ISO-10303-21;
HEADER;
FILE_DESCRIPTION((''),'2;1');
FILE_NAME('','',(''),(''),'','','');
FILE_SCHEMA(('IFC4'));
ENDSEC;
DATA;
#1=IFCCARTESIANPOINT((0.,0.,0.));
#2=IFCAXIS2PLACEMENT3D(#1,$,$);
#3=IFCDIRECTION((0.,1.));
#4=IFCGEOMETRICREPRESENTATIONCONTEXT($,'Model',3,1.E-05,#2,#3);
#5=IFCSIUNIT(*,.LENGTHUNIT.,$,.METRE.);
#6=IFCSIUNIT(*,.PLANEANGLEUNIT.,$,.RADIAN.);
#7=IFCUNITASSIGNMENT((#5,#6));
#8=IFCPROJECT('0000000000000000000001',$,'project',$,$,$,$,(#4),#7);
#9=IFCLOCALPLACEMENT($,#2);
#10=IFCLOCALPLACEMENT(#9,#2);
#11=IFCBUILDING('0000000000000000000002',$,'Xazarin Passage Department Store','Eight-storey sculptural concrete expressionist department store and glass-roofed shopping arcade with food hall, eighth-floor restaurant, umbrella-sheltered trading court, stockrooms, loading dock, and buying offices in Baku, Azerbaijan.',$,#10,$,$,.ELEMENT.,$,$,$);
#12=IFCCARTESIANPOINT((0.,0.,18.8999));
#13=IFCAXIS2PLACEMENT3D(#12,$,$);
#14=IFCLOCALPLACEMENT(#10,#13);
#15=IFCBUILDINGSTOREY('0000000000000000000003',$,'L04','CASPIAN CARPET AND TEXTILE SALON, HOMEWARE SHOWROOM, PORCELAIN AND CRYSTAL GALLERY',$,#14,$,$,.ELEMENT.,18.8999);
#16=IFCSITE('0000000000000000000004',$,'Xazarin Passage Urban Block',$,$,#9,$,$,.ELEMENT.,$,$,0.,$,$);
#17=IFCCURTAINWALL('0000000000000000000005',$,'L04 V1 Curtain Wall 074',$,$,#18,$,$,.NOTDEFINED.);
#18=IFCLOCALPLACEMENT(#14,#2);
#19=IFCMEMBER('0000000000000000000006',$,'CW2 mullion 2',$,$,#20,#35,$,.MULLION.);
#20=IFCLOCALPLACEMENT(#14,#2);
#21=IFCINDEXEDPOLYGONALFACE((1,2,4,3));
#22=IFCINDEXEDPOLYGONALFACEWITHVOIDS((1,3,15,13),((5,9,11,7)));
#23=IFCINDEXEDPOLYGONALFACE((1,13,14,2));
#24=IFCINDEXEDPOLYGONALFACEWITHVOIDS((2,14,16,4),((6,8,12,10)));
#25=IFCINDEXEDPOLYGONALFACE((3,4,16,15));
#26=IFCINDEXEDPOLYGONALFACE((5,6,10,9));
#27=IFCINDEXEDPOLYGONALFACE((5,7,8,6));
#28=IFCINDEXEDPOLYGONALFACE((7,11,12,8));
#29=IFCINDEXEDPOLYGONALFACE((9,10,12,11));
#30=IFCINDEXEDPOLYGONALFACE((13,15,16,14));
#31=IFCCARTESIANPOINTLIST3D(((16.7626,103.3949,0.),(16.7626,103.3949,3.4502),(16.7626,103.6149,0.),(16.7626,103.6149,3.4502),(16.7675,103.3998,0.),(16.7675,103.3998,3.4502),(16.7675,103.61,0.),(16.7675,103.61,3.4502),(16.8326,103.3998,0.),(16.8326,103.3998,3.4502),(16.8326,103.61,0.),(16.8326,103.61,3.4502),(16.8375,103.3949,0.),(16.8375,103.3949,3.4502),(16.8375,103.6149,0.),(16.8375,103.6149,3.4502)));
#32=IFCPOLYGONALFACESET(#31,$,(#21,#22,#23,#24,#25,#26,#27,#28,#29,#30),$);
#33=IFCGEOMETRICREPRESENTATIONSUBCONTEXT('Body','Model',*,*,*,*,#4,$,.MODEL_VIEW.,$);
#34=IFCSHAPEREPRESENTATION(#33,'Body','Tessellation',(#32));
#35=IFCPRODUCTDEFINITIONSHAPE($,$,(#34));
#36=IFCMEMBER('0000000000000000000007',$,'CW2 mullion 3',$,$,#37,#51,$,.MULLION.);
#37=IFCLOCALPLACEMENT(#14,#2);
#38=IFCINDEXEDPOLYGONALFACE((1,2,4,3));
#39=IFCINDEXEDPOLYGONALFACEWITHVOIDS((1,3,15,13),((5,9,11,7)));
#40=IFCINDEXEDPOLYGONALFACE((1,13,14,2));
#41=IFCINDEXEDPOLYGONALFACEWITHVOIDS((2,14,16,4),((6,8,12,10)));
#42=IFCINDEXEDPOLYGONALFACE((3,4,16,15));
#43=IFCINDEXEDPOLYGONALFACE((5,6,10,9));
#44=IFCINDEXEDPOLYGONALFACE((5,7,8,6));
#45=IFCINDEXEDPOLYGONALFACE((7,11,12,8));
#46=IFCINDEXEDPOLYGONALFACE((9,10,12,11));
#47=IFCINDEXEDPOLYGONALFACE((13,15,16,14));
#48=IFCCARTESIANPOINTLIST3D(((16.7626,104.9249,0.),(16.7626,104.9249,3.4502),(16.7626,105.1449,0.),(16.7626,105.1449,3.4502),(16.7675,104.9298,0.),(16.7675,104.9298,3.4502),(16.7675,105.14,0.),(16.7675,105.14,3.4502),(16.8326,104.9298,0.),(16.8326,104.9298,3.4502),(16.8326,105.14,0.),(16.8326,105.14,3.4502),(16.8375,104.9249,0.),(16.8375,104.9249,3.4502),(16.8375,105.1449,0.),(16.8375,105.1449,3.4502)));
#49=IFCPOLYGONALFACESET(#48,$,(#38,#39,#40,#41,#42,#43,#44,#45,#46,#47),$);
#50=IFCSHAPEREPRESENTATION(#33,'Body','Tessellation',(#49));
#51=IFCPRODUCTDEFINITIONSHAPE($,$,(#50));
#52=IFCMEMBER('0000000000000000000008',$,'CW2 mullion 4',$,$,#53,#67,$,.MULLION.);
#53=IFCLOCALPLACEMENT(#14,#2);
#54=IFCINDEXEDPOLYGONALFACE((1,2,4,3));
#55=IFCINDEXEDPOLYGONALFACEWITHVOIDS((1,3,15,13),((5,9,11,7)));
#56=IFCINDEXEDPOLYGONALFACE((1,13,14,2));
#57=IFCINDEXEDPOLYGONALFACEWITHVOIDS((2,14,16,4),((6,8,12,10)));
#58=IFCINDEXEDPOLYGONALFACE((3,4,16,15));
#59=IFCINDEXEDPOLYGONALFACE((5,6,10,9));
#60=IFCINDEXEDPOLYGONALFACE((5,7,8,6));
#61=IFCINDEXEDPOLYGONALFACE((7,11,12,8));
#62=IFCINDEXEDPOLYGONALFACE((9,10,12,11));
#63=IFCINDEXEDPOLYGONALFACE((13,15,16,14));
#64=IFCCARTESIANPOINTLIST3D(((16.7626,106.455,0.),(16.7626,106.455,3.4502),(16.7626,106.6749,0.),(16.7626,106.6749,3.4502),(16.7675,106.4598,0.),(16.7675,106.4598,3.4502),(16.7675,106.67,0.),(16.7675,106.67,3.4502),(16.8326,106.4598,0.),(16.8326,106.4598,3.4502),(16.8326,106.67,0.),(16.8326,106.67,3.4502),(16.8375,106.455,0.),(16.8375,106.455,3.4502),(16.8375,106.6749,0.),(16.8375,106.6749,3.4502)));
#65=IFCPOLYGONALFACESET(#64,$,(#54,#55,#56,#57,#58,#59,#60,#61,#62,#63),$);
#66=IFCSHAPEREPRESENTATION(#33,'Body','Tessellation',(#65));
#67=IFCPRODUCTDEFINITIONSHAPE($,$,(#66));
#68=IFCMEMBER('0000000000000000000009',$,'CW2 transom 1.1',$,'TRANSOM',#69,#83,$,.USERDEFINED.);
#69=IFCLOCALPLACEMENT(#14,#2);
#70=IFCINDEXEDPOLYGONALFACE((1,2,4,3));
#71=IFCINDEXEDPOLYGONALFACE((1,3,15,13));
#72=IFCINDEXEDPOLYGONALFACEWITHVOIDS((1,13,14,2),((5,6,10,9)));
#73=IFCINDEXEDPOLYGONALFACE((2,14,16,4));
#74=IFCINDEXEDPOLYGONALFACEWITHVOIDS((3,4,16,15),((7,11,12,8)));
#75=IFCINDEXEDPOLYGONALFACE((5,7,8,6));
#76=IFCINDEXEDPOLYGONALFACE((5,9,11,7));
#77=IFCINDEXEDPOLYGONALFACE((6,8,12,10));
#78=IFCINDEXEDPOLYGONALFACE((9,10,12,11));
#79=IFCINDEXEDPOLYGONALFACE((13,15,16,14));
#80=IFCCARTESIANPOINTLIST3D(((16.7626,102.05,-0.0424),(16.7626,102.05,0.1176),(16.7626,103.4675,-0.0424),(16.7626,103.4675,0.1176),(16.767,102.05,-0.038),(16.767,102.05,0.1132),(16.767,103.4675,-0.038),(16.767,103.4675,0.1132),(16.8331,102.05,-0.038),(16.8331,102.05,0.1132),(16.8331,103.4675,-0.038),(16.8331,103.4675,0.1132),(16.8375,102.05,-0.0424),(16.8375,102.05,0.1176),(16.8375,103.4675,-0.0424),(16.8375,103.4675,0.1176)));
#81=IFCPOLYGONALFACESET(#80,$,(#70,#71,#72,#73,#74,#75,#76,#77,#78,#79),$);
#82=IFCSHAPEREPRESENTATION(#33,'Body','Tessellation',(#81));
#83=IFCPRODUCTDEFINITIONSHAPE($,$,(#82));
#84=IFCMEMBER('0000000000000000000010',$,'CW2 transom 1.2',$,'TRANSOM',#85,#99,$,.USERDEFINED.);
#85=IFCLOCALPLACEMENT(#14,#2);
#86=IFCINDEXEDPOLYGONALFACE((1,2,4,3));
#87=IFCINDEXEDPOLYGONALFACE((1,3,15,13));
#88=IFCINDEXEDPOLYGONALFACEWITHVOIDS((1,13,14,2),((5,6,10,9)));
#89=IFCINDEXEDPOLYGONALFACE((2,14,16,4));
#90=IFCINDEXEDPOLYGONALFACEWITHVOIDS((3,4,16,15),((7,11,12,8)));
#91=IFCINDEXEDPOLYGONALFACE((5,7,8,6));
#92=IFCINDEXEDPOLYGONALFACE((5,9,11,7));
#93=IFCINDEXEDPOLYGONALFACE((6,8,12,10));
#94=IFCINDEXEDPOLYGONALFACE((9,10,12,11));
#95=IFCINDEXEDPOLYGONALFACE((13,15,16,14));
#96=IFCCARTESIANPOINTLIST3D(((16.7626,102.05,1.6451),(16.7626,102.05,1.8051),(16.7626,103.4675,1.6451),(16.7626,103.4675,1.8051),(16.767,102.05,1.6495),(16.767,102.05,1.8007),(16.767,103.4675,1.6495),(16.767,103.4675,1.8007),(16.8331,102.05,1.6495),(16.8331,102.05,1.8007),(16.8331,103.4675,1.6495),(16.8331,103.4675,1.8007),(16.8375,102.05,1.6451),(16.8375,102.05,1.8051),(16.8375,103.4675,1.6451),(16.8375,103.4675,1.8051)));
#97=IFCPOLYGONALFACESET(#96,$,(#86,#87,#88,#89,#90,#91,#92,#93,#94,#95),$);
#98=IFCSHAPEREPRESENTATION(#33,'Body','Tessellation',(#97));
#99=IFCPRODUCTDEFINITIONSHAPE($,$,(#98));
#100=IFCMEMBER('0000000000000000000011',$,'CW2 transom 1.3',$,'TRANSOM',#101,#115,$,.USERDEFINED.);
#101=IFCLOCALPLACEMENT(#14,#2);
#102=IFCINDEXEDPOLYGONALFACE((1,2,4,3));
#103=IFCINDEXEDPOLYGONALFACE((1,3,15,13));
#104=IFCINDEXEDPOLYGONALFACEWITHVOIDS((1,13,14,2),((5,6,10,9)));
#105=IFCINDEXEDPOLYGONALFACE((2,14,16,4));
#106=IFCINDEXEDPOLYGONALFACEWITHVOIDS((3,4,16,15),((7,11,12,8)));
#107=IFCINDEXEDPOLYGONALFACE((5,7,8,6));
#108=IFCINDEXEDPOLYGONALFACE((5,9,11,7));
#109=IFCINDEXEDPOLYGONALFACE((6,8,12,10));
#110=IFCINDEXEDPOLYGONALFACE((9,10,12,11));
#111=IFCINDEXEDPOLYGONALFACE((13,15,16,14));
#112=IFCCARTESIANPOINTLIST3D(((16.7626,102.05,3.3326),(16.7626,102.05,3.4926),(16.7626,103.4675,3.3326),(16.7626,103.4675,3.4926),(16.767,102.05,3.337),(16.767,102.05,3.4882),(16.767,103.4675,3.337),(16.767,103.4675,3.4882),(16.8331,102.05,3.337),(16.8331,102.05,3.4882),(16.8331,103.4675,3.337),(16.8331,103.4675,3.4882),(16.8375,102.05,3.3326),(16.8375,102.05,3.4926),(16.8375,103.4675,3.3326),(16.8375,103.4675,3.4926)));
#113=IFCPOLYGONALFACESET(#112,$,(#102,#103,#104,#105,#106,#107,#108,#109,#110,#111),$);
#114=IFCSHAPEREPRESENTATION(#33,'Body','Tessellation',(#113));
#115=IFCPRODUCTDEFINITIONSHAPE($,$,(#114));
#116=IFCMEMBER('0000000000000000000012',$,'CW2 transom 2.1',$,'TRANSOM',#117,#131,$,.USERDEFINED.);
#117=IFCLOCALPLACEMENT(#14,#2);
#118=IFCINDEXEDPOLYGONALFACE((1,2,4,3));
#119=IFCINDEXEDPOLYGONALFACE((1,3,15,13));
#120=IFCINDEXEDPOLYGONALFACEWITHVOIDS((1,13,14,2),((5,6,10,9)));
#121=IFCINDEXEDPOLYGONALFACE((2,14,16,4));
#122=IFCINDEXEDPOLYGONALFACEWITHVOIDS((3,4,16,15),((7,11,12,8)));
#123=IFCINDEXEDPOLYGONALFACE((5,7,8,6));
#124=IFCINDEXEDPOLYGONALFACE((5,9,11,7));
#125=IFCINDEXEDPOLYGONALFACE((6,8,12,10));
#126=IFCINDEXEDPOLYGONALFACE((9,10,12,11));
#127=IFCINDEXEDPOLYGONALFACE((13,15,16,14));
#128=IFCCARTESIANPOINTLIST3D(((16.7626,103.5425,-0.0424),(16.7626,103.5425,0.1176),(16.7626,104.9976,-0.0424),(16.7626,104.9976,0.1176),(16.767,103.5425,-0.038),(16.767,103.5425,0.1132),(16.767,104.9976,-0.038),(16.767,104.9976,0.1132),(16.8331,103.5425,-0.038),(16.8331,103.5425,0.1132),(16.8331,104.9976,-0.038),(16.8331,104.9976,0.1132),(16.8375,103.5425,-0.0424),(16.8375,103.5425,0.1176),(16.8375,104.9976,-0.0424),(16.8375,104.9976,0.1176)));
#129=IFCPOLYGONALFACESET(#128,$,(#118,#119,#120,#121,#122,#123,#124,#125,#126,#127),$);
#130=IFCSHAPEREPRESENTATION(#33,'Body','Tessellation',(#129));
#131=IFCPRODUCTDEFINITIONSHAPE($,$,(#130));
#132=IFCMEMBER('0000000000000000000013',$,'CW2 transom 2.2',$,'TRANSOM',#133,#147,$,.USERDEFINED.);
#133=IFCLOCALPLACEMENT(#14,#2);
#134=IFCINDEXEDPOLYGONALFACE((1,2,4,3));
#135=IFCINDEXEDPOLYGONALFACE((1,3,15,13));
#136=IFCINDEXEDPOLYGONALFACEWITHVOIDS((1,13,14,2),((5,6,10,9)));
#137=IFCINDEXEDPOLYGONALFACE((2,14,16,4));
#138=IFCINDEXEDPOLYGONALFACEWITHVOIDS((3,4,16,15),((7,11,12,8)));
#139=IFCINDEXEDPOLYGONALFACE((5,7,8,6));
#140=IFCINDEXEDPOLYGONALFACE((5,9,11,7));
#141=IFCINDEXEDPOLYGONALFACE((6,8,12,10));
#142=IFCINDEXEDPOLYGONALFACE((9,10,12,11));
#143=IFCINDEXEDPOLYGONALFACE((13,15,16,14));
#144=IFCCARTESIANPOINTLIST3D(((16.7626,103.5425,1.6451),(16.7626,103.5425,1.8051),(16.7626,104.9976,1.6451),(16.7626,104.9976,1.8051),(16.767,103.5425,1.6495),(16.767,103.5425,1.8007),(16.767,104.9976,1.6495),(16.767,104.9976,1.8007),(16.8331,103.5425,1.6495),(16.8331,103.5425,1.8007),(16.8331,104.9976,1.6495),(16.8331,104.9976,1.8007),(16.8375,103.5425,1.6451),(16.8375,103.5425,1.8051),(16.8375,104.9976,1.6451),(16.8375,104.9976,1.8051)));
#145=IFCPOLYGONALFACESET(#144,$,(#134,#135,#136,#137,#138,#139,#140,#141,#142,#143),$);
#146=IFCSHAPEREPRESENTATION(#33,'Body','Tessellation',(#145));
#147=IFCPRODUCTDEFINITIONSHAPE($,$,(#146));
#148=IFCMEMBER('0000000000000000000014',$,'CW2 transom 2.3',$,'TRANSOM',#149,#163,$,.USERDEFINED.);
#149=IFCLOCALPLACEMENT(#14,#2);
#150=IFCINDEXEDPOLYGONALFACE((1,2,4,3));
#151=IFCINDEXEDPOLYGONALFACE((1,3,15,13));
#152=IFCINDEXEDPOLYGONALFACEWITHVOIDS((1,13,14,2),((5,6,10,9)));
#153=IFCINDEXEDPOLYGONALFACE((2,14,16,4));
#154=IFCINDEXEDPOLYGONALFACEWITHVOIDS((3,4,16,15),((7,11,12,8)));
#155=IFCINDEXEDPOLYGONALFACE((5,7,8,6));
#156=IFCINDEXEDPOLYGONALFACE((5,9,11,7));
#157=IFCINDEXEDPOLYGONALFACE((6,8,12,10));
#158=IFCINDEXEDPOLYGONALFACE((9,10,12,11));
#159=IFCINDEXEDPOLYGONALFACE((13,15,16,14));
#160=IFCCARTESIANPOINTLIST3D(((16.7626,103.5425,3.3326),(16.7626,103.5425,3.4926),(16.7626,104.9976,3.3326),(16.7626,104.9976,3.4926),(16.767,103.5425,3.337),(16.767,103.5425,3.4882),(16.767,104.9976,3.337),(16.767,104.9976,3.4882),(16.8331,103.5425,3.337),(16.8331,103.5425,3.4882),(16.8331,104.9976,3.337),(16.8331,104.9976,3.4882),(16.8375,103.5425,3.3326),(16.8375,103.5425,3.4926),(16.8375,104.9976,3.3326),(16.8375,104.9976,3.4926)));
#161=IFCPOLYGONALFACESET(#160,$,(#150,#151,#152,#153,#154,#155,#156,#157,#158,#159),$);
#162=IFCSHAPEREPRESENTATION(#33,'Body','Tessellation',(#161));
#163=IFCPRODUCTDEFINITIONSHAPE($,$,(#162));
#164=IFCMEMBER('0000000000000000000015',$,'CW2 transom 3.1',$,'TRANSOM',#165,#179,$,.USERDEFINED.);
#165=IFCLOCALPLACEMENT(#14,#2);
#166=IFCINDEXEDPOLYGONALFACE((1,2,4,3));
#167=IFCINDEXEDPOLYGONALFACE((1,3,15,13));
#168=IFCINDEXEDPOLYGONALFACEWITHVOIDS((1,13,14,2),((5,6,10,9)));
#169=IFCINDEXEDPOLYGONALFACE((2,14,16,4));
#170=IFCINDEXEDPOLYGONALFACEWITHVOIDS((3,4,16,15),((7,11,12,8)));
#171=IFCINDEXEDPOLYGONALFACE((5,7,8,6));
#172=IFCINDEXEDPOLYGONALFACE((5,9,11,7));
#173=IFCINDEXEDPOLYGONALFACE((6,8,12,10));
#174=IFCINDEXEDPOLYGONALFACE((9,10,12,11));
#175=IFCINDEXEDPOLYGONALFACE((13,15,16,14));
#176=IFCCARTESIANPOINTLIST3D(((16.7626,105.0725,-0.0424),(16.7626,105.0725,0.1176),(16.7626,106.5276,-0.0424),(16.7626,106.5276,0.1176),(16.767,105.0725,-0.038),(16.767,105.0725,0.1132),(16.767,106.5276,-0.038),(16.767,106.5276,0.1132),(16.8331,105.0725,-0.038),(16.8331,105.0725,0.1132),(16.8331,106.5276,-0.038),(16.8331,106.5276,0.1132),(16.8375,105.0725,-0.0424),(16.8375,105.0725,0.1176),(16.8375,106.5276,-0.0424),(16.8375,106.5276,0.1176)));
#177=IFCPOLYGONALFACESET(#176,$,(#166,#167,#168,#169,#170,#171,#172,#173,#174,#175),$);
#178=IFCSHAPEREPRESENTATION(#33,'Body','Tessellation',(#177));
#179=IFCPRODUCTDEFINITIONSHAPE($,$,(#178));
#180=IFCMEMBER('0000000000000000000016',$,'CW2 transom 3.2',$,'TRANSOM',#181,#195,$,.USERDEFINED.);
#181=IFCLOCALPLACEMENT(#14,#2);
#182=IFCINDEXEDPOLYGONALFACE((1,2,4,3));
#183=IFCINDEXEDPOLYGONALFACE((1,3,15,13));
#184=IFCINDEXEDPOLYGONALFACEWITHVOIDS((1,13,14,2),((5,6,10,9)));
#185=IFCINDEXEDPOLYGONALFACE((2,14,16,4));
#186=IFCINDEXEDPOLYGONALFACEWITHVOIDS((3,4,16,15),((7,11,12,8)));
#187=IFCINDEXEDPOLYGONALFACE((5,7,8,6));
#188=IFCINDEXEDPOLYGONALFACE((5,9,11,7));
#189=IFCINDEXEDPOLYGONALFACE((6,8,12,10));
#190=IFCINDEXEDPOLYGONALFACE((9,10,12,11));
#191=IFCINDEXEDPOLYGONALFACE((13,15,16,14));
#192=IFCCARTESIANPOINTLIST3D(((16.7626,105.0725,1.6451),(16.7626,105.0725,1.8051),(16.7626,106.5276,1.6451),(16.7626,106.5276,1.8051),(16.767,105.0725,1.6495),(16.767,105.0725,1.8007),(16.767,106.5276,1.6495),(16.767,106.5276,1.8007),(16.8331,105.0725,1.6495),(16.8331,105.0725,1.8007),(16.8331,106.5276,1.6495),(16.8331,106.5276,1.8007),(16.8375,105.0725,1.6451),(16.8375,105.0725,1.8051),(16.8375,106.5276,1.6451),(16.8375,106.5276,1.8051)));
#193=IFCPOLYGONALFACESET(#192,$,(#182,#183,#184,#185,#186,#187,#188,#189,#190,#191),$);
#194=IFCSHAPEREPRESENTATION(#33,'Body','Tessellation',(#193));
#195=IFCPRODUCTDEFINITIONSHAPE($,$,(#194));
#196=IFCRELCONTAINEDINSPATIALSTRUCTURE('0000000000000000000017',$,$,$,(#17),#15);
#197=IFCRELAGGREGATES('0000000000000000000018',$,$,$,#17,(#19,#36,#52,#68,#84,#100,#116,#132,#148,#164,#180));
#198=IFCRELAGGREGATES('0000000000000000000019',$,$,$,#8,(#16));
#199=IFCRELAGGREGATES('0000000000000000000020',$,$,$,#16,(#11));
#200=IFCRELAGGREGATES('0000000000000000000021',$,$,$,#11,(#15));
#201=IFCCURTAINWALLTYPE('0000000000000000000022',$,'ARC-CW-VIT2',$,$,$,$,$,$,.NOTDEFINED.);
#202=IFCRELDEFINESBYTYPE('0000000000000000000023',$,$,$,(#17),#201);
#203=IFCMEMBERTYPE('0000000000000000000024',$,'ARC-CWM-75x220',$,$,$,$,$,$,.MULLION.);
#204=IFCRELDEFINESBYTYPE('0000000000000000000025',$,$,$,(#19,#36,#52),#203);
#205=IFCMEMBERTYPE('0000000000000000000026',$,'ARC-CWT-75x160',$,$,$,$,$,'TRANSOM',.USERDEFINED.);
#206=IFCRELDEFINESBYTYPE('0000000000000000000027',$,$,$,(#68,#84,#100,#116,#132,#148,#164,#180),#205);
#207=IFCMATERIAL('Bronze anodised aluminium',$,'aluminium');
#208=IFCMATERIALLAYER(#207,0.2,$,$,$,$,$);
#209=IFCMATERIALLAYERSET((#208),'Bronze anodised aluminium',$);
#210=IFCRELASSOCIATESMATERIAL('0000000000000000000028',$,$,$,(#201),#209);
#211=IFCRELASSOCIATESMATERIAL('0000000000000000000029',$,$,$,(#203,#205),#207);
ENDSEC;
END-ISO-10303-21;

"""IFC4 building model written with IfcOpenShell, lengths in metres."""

from ifc_helpers import new_model, si_unit, direction, frame, origin, origin_2d, place, context, subcontext, project, spatial, hollow_rectangle, extrude, material, layer, layer_set, material_profile, profile_set, type_object, element, aggregate, save


model = new_model("IFC4")

# Units and contexts
model_context = context("Model", 3, precision=1e-05, world=origin(), true_north=direction((0.0, 1.0)))
body_context = subcontext(model_context, "Body", "Model", "MODEL_VIEW")
ifc_project = project(units=[si_unit("LENGTHUNIT", "METRE"), si_unit("PLANEANGLEUNIT", "RADIAN")], contexts=[model_context])

# Site, building, storey
site_placement = place(None, origin())
site = spatial("IfcSite", under=ifc_project, at=site_placement, Name="Xazarin Passage Urban Block", CompositionType="ELEMENT", RefElevation=0.0)
building_placement = place(site_placement, origin())
building = spatial("IfcBuilding", under=site, at=building_placement, Name="Xazarin Passage Department Store", Description="Eight-storey sculptural concrete expressionist department store and glass-roofed shopping arcade with food hall, eighth-floor restaurant, umbrella-sheltered trading court, stockrooms, loading dock, and buying offices in Baku, Azerbaijan.", CompositionType="ELEMENT")
storey_placement = place(building_placement, frame((0.0, 0.0, 18.8999)))
storey = spatial("IfcBuildingStorey", under=building, at=storey_placement, Name="L04", Description="CASPIAN CARPET AND TEXTILE SALON, HOMEWARE SHOWROOM, PORCELAIN AND CRYSTAL GALLERY", CompositionType="ELEMENT", Elevation=18.8999)

# Curtain wall, members
ifc_material_1 = material(Name="Bronze anodised aluminium", Category="aluminium")
ifc_layer_1 = layer(ifc_material_1, 0.2)
ifc_layer_set_1 = layer_set([ifc_layer_1], Name="Bronze anodised aluminium")
curtain_wall_type = type_object("IfcCurtainWallType", Name="ARC-CW-VIT2", PredefinedType="NOTDEFINED", material=ifc_layer_set_1)
curtain_wall_placement = place(storey_placement, origin())
curtain_wall = element("IfcCurtainWall", 1, at=curtain_wall_placement, inside=storey, type_object=curtain_wall_type, Name="L04 V1 Curtain Wall 074", PredefinedType="NOTDEFINED")
ifc_material_profile_1 = material_profile(ifc_material_1, hollow_rectangle(XDim=0.075, YDim=0.22, WallThickness=0.0049, at=origin_2d()), Name="ALU 75x220")
ifc_profile_set_1 = profile_set([ifc_material_profile_1], Name="Bronze anodised aluminium")
member_type_1 = type_object("IfcMemberType", Name="ARC-CWM-75x220", PredefinedType="MULLION", material=ifc_profile_set_1)
member_1_placement = place(storey_placement, frame((16.8, 103.5049, 0.0), z_axis=(0.0, 0.0, 1.0), x_axis=(-1.0, 0.0, 0.0)))
member_1 = element("IfcMember", 2, at=member_1_placement, type_object=member_type_1, Name="CW2 mullion 2", PredefinedType="MULLION", context=body_context, shape_type="SweptSolid", body=[
    extrude(hollow_rectangle(XDim=0.075, YDim=0.22, WallThickness=0.0049, at=origin_2d()), origin(), (0.0, 0.0, 1.0), 3.4502),
])
member_2_placement = place(storey_placement, frame((16.8, 105.0349, 0.0), z_axis=(0.0, 0.0, 1.0), x_axis=(-1.0, 0.0, 0.0)))
member_2 = element("IfcMember", 3, at=member_2_placement, type_object=member_type_1, Name="CW2 mullion 3", PredefinedType="MULLION", context=body_context, shape_type="SweptSolid", body=[
    extrude(hollow_rectangle(XDim=0.075, YDim=0.22, WallThickness=0.0049, at=origin_2d()), origin(), (0.0, 0.0, 1.0), 3.4502),
])
member_3_placement = place(storey_placement, frame((16.8, 106.5649, 0.0), z_axis=(0.0, 0.0, 1.0), x_axis=(-1.0, 0.0, 0.0)))
member_3 = element("IfcMember", 4, at=member_3_placement, type_object=member_type_1, Name="CW2 mullion 4", PredefinedType="MULLION", context=body_context, shape_type="SweptSolid", body=[
    extrude(hollow_rectangle(XDim=0.075, YDim=0.22, WallThickness=0.0049, at=origin_2d()), origin(), (0.0, 0.0, 1.0), 3.4502),
])
ifc_material_profile_2 = material_profile(ifc_material_1, hollow_rectangle(XDim=0.075, YDim=0.1599, WallThickness=0.0044, at=origin_2d()), Name="ALU 75x160")
ifc_profile_set_2 = profile_set([ifc_material_profile_2], Name="Bronze anodised aluminium")
member_type_2 = type_object("IfcMemberType", Name="ARC-CWT-75x160", ElementType="TRANSOM", PredefinedType="USERDEFINED", material=ifc_profile_set_2)
member_4_placement = place(storey_placement, frame((16.8, 102.05, 0.0376), z_axis=(0.0, 1.0, 0.0), x_axis=(-1.0, 0.0, 0.0)))
member_4 = element("IfcMember", 5, at=member_4_placement, type_object=member_type_2, Name="CW2 transom 1.1", ObjectType="TRANSOM", PredefinedType="USERDEFINED", context=body_context, shape_type="SweptSolid", body=[
    extrude(hollow_rectangle(XDim=0.075, YDim=0.1599, WallThickness=0.0044, at=origin_2d()), origin(), (0.0, 0.0, 1.0), 1.4175),
])
member_5_placement = place(storey_placement, frame((16.8, 102.05, 1.7251), z_axis=(0.0, 1.0, 0.0), x_axis=(-1.0, 0.0, 0.0)))
member_5 = element("IfcMember", 6, at=member_5_placement, type_object=member_type_2, Name="CW2 transom 1.2", ObjectType="TRANSOM", PredefinedType="USERDEFINED", context=body_context, shape_type="SweptSolid", body=[
    extrude(hollow_rectangle(XDim=0.075, YDim=0.1599, WallThickness=0.0044, at=origin_2d()), origin(), (0.0, 0.0, 1.0), 1.4175),
])
member_6_placement = place(storey_placement, frame((16.8, 102.05, 3.4126), z_axis=(0.0, 1.0, 0.0), x_axis=(-1.0, 0.0, 0.0)))
member_6 = element("IfcMember", 7, at=member_6_placement, type_object=member_type_2, Name="CW2 transom 1.3", ObjectType="TRANSOM", PredefinedType="USERDEFINED", context=body_context, shape_type="SweptSolid", body=[
    extrude(hollow_rectangle(XDim=0.075, YDim=0.1599, WallThickness=0.0044, at=origin_2d()), origin(), (0.0, 0.0, 1.0), 1.4175),
])
member_7_placement = place(storey_placement, frame((16.8, 103.5425, 0.0376), z_axis=(0.0, 1.0, 0.0), x_axis=(-1.0, 0.0, 0.0)))
member_7 = element("IfcMember", 8, at=member_7_placement, type_object=member_type_2, Name="CW2 transom 2.1", ObjectType="TRANSOM", PredefinedType="USERDEFINED", context=body_context, shape_type="SweptSolid", body=[
    extrude(hollow_rectangle(XDim=0.075, YDim=0.1599, WallThickness=0.0044, at=origin_2d()), origin(), (0.0, 0.0, 1.0), 1.4551),
])
member_8_placement = place(storey_placement, frame((16.8, 103.5425, 1.7251), z_axis=(0.0, 1.0, 0.0), x_axis=(-1.0, 0.0, 0.0)))
member_8 = element("IfcMember", 9, at=member_8_placement, type_object=member_type_2, Name="CW2 transom 2.2", ObjectType="TRANSOM", PredefinedType="USERDEFINED", context=body_context, shape_type="SweptSolid", body=[
    extrude(hollow_rectangle(XDim=0.075, YDim=0.1599, WallThickness=0.0044, at=origin_2d()), origin(), (0.0, 0.0, 1.0), 1.4551),
])
member_9_placement = place(storey_placement, frame((16.8, 103.5425, 3.4126), z_axis=(0.0, 1.0, 0.0), x_axis=(-1.0, 0.0, 0.0)))
member_9 = element("IfcMember", 10, at=member_9_placement, type_object=member_type_2, Name="CW2 transom 2.3", ObjectType="TRANSOM", PredefinedType="USERDEFINED", context=body_context, shape_type="SweptSolid", body=[
    extrude(hollow_rectangle(XDim=0.075, YDim=0.1599, WallThickness=0.0044, at=origin_2d()), origin(), (0.0, 0.0, 1.0), 1.4551),
])
member_10_placement = place(storey_placement, frame((16.8, 105.0725, 0.0376), z_axis=(0.0, 1.0, 0.0), x_axis=(-1.0, 0.0, 0.0)))
member_10 = element("IfcMember", 11, at=member_10_placement, type_object=member_type_2, Name="CW2 transom 3.1", ObjectType="TRANSOM", PredefinedType="USERDEFINED", context=body_context, shape_type="SweptSolid", body=[
    extrude(hollow_rectangle(XDim=0.075, YDim=0.1599, WallThickness=0.0044, at=origin_2d()), origin(), (0.0, 0.0, 1.0), 1.4551),
])
member_11_placement = place(storey_placement, frame((16.8, 105.0725, 1.7251), z_axis=(0.0, 1.0, 0.0), x_axis=(-1.0, 0.0, 0.0)))
member_11 = element("IfcMember", 12, at=member_11_placement, type_object=member_type_2, Name="CW2 transom 3.2", ObjectType="TRANSOM", PredefinedType="USERDEFINED", context=body_context, shape_type="SweptSolid", body=[
    extrude(hollow_rectangle(XDim=0.075, YDim=0.1599, WallThickness=0.0044, at=origin_2d()), origin(), (0.0, 0.0, 1.0), 1.4551),
])

aggregate(curtain_wall, [member_1, member_2, member_3, member_4, member_5, member_6, member_7, member_8, member_9, member_10, member_11])

save(model, "model.ifc")
